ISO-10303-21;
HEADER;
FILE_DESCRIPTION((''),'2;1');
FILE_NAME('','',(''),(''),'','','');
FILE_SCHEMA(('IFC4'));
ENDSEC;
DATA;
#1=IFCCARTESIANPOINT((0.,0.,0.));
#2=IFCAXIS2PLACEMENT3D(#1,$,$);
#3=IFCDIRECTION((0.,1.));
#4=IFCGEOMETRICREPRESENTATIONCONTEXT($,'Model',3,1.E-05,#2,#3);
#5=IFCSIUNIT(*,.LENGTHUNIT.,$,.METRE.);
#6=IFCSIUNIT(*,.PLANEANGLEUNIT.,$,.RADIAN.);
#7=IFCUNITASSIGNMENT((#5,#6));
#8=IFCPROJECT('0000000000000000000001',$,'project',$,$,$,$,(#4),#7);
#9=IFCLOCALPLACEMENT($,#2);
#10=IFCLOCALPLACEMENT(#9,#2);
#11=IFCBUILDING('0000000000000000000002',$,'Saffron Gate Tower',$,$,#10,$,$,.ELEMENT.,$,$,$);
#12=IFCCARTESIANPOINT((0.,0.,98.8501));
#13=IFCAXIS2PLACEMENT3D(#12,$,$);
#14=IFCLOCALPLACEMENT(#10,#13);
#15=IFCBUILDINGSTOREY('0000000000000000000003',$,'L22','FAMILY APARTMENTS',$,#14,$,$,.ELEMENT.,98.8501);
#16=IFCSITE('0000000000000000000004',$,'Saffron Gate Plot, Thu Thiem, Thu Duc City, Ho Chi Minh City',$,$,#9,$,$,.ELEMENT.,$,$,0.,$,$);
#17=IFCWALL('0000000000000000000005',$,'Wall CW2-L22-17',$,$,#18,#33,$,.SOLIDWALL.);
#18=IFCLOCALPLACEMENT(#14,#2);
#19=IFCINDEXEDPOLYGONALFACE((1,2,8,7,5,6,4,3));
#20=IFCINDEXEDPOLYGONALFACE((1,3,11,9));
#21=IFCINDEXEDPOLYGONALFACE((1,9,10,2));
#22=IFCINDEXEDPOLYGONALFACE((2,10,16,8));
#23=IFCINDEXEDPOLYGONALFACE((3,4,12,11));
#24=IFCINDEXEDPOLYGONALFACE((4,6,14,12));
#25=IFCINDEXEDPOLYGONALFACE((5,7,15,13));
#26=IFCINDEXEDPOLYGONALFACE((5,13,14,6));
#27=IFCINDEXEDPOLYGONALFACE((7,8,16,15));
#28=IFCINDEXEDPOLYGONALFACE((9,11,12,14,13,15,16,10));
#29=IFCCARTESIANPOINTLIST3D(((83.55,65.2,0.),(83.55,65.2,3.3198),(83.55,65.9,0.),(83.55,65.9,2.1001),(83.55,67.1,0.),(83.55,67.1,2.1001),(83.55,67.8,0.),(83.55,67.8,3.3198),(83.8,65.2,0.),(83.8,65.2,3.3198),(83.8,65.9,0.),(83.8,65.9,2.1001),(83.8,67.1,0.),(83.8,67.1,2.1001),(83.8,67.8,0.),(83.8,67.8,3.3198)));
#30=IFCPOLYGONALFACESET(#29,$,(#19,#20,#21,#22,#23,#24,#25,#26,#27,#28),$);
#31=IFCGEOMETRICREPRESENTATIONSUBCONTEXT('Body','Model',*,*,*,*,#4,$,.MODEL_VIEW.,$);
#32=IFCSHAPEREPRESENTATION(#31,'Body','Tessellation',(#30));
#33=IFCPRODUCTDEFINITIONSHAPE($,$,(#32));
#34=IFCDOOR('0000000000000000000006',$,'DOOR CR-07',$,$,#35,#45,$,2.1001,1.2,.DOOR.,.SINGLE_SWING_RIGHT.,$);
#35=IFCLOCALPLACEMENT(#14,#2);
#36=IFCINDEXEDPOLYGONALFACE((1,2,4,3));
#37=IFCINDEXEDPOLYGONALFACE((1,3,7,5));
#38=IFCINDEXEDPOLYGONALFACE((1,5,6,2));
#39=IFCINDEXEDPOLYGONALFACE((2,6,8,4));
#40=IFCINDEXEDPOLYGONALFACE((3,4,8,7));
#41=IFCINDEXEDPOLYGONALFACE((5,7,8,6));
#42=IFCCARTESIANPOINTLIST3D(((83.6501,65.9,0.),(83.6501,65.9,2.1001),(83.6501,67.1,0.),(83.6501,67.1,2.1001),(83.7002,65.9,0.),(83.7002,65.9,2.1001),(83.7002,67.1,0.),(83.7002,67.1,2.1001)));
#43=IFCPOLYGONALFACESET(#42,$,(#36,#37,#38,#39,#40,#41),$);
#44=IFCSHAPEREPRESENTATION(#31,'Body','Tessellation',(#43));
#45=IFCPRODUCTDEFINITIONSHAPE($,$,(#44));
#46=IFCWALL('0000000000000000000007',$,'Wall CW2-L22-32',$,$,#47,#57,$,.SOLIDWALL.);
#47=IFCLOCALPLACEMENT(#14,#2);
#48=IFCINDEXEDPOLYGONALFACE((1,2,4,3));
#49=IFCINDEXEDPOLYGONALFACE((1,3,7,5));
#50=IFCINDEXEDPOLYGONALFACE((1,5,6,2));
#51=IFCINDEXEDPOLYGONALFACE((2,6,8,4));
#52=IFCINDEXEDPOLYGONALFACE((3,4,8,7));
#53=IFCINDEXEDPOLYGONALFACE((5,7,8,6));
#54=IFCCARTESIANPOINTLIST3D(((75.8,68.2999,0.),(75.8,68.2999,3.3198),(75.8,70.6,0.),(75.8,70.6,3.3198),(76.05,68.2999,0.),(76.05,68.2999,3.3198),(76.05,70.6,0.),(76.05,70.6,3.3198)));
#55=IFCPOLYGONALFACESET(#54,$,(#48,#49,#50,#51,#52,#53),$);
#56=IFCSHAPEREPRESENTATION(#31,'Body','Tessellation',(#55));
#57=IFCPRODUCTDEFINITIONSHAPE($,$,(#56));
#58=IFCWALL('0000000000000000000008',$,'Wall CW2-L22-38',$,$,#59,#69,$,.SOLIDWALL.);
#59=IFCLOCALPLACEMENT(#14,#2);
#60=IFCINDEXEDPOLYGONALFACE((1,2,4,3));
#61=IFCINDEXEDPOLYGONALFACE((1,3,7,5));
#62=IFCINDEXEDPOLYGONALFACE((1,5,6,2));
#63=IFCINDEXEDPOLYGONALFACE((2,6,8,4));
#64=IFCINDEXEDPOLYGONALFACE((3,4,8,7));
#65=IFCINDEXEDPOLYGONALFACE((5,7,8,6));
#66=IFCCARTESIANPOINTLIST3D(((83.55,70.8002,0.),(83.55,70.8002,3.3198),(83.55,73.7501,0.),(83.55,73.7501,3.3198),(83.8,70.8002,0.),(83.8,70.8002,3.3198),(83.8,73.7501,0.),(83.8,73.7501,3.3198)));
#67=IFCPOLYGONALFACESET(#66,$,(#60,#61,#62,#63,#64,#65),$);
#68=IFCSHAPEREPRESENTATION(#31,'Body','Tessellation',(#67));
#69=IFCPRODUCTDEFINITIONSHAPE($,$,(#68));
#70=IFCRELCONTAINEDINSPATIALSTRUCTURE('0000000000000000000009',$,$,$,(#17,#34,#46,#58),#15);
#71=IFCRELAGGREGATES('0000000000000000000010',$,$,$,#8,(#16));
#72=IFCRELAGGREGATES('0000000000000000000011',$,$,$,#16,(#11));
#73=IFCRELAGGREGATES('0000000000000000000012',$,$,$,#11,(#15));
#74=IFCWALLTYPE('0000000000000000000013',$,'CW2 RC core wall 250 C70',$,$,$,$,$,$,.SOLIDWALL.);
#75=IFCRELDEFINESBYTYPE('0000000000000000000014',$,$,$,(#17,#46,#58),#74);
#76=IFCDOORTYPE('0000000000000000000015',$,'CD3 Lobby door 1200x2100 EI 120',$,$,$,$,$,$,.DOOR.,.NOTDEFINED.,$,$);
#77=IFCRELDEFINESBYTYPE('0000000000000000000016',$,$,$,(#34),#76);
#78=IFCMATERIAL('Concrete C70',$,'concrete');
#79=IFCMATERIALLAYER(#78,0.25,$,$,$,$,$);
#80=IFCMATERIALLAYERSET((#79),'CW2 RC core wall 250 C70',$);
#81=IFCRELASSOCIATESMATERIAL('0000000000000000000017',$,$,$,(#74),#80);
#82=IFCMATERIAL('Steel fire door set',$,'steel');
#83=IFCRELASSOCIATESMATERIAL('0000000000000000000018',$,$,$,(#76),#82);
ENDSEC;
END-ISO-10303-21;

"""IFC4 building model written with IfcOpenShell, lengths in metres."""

from ifc_helpers import new_model, si_unit, direction, frame, frame_2d, origin, place, context, subcontext, project, spatial, rectangle, extrude, material, layer, layer_set, type_object, element, fill, save


model = new_model("IFC4")

# Units and contexts
model_context = context("Model", 3, precision=1e-05, world=origin(), true_north=direction((0.0, 1.0)))
body_context = subcontext(model_context, "Body", "Model", "MODEL_VIEW")
ifc_project = project(units=[si_unit("LENGTHUNIT", "METRE"), si_unit("PLANEANGLEUNIT", "RADIAN")], contexts=[model_context])

# Site, building, storey
site_placement = place(None, origin())
site = spatial("IfcSite", under=ifc_project, at=site_placement, Name="Saffron Gate Plot, Thu Thiem, Thu Duc City, Ho Chi Minh City", CompositionType="ELEMENT", RefElevation=0.0)
building_placement = place(site_placement, origin())
building = spatial("IfcBuilding", under=site, at=building_placement, Name="Saffron Gate Tower", CompositionType="ELEMENT")
storey_placement = place(building_placement, frame((0.0, 0.0, 98.8501)))
storey = spatial("IfcBuildingStorey", under=building, at=storey_placement, Name="L22", Description="FAMILY APARTMENTS", CompositionType="ELEMENT", Elevation=98.8501)

# Wall, opening, door
ifc_material_1 = material(Name="Concrete C70", Category="concrete")
ifc_layer_1 = layer(ifc_material_1, 0.25)
ifc_layer_set_1 = layer_set([ifc_layer_1], Name="CW2 RC core wall 250 C70")
wall_type_1 = type_object("IfcWallType", Name="CW2 RC core wall 250 C70", PredefinedType="SOLIDWALL", material=ifc_layer_set_1)
wall_1_placement = place(storey_placement, frame((83.675, 65.2, 0.0), z_axis=(0.0, 0.0, 1.0), x_axis=(0.0, 1.0, 0.0)))
wall_1 = element("IfcWall", 1, at=wall_1_placement, inside=storey, type_object=wall_type_1, Name="Wall CW2-L22-17", PredefinedType="SOLIDWALL", context=body_context, shape_type="SweptSolid", body=[
    extrude(rectangle(XDim=2.6001, YDim=0.25, at=frame_2d((1.3, 0.0))), origin(), (0.0, 0.0, 1.0), 3.3198),
])
opening_1_placement = place(wall_1_placement, frame((0.7, 0.0, 0.0)))
opening_1 = element("IfcOpeningElement", 2, at=opening_1_placement, cuts=wall_1, PredefinedType="OPENING", context=body_context, shape_type="SweptSolid", body=[
    extrude(rectangle(XDim=1.2, YDim=2.1001, at=frame_2d((0.6001, 1.05))), frame((0.0, 0.135, 0.0), z_axis=(0.0, -1.0, 0.0), x_axis=(1.0, 0.0, 0.0)), (0.0, 0.0, 1.0), 0.27),
])
ifc_material_2 = material(Name="Steel fire door set", Category="steel")
door_type_1 = type_object("IfcDoorType", Name="CD3 Lobby door 1200x2100 EI 120", OperationType="NOTDEFINED", PredefinedType="DOOR", material=ifc_material_2)
door_1_placement = place(opening_1_placement, origin())
door_1 = element("IfcDoor", 3, at=door_1_placement, inside=storey, type_object=door_type_1, Name="DOOR CR-07", OperationType="SINGLE_SWING_RIGHT", OverallHeight=2.1001, OverallWidth=1.2, PredefinedType="DOOR", context=body_context, shape_type="SweptSolid", body=[
    extrude(rectangle(XDim=1.2, YDim=2.1001, at=frame_2d((0.6001, 1.05))), frame((0.0, 0.0249, 0.0), z_axis=(0.0, -1.0, 0.0), x_axis=(1.0, 0.0, 0.0)), (0.0, 0.0, 1.0), 0.05),
])
fill(opening_1, door_1)

# Walls
wall_2_placement = place(storey_placement, frame((75.925, 68.3, 0.0), z_axis=(0.0, 0.0, 1.0), x_axis=(0.0, 1.0, 0.0)))
element("IfcWall", 4, at=wall_2_placement, inside=storey, type_object=wall_type_1, Name="Wall CW2-L22-32", PredefinedType="SOLIDWALL", context=body_context, shape_type="SweptSolid", body=[
    extrude(rectangle(XDim=2.3, YDim=0.25, at=frame_2d((1.1499, 0.0))), origin(), (0.0, 0.0, 1.0), 3.3198),
])
wall_3_placement = place(storey_placement, frame((83.675, 70.8, 0.0), z_axis=(0.0, 0.0, 1.0), x_axis=(0.0, 1.0, 0.0)))
element("IfcWall", 5, at=wall_3_placement, inside=storey, type_object=wall_type_1, Name="Wall CW2-L22-38", PredefinedType="SOLIDWALL", context=body_context, shape_type="SweptSolid", body=[
    extrude(rectangle(XDim=2.95, YDim=0.25, at=frame_2d((1.4751, 0.0))), origin(), (0.0, 0.0, 1.0), 3.3198),
])

save(model, "model.ifc")
